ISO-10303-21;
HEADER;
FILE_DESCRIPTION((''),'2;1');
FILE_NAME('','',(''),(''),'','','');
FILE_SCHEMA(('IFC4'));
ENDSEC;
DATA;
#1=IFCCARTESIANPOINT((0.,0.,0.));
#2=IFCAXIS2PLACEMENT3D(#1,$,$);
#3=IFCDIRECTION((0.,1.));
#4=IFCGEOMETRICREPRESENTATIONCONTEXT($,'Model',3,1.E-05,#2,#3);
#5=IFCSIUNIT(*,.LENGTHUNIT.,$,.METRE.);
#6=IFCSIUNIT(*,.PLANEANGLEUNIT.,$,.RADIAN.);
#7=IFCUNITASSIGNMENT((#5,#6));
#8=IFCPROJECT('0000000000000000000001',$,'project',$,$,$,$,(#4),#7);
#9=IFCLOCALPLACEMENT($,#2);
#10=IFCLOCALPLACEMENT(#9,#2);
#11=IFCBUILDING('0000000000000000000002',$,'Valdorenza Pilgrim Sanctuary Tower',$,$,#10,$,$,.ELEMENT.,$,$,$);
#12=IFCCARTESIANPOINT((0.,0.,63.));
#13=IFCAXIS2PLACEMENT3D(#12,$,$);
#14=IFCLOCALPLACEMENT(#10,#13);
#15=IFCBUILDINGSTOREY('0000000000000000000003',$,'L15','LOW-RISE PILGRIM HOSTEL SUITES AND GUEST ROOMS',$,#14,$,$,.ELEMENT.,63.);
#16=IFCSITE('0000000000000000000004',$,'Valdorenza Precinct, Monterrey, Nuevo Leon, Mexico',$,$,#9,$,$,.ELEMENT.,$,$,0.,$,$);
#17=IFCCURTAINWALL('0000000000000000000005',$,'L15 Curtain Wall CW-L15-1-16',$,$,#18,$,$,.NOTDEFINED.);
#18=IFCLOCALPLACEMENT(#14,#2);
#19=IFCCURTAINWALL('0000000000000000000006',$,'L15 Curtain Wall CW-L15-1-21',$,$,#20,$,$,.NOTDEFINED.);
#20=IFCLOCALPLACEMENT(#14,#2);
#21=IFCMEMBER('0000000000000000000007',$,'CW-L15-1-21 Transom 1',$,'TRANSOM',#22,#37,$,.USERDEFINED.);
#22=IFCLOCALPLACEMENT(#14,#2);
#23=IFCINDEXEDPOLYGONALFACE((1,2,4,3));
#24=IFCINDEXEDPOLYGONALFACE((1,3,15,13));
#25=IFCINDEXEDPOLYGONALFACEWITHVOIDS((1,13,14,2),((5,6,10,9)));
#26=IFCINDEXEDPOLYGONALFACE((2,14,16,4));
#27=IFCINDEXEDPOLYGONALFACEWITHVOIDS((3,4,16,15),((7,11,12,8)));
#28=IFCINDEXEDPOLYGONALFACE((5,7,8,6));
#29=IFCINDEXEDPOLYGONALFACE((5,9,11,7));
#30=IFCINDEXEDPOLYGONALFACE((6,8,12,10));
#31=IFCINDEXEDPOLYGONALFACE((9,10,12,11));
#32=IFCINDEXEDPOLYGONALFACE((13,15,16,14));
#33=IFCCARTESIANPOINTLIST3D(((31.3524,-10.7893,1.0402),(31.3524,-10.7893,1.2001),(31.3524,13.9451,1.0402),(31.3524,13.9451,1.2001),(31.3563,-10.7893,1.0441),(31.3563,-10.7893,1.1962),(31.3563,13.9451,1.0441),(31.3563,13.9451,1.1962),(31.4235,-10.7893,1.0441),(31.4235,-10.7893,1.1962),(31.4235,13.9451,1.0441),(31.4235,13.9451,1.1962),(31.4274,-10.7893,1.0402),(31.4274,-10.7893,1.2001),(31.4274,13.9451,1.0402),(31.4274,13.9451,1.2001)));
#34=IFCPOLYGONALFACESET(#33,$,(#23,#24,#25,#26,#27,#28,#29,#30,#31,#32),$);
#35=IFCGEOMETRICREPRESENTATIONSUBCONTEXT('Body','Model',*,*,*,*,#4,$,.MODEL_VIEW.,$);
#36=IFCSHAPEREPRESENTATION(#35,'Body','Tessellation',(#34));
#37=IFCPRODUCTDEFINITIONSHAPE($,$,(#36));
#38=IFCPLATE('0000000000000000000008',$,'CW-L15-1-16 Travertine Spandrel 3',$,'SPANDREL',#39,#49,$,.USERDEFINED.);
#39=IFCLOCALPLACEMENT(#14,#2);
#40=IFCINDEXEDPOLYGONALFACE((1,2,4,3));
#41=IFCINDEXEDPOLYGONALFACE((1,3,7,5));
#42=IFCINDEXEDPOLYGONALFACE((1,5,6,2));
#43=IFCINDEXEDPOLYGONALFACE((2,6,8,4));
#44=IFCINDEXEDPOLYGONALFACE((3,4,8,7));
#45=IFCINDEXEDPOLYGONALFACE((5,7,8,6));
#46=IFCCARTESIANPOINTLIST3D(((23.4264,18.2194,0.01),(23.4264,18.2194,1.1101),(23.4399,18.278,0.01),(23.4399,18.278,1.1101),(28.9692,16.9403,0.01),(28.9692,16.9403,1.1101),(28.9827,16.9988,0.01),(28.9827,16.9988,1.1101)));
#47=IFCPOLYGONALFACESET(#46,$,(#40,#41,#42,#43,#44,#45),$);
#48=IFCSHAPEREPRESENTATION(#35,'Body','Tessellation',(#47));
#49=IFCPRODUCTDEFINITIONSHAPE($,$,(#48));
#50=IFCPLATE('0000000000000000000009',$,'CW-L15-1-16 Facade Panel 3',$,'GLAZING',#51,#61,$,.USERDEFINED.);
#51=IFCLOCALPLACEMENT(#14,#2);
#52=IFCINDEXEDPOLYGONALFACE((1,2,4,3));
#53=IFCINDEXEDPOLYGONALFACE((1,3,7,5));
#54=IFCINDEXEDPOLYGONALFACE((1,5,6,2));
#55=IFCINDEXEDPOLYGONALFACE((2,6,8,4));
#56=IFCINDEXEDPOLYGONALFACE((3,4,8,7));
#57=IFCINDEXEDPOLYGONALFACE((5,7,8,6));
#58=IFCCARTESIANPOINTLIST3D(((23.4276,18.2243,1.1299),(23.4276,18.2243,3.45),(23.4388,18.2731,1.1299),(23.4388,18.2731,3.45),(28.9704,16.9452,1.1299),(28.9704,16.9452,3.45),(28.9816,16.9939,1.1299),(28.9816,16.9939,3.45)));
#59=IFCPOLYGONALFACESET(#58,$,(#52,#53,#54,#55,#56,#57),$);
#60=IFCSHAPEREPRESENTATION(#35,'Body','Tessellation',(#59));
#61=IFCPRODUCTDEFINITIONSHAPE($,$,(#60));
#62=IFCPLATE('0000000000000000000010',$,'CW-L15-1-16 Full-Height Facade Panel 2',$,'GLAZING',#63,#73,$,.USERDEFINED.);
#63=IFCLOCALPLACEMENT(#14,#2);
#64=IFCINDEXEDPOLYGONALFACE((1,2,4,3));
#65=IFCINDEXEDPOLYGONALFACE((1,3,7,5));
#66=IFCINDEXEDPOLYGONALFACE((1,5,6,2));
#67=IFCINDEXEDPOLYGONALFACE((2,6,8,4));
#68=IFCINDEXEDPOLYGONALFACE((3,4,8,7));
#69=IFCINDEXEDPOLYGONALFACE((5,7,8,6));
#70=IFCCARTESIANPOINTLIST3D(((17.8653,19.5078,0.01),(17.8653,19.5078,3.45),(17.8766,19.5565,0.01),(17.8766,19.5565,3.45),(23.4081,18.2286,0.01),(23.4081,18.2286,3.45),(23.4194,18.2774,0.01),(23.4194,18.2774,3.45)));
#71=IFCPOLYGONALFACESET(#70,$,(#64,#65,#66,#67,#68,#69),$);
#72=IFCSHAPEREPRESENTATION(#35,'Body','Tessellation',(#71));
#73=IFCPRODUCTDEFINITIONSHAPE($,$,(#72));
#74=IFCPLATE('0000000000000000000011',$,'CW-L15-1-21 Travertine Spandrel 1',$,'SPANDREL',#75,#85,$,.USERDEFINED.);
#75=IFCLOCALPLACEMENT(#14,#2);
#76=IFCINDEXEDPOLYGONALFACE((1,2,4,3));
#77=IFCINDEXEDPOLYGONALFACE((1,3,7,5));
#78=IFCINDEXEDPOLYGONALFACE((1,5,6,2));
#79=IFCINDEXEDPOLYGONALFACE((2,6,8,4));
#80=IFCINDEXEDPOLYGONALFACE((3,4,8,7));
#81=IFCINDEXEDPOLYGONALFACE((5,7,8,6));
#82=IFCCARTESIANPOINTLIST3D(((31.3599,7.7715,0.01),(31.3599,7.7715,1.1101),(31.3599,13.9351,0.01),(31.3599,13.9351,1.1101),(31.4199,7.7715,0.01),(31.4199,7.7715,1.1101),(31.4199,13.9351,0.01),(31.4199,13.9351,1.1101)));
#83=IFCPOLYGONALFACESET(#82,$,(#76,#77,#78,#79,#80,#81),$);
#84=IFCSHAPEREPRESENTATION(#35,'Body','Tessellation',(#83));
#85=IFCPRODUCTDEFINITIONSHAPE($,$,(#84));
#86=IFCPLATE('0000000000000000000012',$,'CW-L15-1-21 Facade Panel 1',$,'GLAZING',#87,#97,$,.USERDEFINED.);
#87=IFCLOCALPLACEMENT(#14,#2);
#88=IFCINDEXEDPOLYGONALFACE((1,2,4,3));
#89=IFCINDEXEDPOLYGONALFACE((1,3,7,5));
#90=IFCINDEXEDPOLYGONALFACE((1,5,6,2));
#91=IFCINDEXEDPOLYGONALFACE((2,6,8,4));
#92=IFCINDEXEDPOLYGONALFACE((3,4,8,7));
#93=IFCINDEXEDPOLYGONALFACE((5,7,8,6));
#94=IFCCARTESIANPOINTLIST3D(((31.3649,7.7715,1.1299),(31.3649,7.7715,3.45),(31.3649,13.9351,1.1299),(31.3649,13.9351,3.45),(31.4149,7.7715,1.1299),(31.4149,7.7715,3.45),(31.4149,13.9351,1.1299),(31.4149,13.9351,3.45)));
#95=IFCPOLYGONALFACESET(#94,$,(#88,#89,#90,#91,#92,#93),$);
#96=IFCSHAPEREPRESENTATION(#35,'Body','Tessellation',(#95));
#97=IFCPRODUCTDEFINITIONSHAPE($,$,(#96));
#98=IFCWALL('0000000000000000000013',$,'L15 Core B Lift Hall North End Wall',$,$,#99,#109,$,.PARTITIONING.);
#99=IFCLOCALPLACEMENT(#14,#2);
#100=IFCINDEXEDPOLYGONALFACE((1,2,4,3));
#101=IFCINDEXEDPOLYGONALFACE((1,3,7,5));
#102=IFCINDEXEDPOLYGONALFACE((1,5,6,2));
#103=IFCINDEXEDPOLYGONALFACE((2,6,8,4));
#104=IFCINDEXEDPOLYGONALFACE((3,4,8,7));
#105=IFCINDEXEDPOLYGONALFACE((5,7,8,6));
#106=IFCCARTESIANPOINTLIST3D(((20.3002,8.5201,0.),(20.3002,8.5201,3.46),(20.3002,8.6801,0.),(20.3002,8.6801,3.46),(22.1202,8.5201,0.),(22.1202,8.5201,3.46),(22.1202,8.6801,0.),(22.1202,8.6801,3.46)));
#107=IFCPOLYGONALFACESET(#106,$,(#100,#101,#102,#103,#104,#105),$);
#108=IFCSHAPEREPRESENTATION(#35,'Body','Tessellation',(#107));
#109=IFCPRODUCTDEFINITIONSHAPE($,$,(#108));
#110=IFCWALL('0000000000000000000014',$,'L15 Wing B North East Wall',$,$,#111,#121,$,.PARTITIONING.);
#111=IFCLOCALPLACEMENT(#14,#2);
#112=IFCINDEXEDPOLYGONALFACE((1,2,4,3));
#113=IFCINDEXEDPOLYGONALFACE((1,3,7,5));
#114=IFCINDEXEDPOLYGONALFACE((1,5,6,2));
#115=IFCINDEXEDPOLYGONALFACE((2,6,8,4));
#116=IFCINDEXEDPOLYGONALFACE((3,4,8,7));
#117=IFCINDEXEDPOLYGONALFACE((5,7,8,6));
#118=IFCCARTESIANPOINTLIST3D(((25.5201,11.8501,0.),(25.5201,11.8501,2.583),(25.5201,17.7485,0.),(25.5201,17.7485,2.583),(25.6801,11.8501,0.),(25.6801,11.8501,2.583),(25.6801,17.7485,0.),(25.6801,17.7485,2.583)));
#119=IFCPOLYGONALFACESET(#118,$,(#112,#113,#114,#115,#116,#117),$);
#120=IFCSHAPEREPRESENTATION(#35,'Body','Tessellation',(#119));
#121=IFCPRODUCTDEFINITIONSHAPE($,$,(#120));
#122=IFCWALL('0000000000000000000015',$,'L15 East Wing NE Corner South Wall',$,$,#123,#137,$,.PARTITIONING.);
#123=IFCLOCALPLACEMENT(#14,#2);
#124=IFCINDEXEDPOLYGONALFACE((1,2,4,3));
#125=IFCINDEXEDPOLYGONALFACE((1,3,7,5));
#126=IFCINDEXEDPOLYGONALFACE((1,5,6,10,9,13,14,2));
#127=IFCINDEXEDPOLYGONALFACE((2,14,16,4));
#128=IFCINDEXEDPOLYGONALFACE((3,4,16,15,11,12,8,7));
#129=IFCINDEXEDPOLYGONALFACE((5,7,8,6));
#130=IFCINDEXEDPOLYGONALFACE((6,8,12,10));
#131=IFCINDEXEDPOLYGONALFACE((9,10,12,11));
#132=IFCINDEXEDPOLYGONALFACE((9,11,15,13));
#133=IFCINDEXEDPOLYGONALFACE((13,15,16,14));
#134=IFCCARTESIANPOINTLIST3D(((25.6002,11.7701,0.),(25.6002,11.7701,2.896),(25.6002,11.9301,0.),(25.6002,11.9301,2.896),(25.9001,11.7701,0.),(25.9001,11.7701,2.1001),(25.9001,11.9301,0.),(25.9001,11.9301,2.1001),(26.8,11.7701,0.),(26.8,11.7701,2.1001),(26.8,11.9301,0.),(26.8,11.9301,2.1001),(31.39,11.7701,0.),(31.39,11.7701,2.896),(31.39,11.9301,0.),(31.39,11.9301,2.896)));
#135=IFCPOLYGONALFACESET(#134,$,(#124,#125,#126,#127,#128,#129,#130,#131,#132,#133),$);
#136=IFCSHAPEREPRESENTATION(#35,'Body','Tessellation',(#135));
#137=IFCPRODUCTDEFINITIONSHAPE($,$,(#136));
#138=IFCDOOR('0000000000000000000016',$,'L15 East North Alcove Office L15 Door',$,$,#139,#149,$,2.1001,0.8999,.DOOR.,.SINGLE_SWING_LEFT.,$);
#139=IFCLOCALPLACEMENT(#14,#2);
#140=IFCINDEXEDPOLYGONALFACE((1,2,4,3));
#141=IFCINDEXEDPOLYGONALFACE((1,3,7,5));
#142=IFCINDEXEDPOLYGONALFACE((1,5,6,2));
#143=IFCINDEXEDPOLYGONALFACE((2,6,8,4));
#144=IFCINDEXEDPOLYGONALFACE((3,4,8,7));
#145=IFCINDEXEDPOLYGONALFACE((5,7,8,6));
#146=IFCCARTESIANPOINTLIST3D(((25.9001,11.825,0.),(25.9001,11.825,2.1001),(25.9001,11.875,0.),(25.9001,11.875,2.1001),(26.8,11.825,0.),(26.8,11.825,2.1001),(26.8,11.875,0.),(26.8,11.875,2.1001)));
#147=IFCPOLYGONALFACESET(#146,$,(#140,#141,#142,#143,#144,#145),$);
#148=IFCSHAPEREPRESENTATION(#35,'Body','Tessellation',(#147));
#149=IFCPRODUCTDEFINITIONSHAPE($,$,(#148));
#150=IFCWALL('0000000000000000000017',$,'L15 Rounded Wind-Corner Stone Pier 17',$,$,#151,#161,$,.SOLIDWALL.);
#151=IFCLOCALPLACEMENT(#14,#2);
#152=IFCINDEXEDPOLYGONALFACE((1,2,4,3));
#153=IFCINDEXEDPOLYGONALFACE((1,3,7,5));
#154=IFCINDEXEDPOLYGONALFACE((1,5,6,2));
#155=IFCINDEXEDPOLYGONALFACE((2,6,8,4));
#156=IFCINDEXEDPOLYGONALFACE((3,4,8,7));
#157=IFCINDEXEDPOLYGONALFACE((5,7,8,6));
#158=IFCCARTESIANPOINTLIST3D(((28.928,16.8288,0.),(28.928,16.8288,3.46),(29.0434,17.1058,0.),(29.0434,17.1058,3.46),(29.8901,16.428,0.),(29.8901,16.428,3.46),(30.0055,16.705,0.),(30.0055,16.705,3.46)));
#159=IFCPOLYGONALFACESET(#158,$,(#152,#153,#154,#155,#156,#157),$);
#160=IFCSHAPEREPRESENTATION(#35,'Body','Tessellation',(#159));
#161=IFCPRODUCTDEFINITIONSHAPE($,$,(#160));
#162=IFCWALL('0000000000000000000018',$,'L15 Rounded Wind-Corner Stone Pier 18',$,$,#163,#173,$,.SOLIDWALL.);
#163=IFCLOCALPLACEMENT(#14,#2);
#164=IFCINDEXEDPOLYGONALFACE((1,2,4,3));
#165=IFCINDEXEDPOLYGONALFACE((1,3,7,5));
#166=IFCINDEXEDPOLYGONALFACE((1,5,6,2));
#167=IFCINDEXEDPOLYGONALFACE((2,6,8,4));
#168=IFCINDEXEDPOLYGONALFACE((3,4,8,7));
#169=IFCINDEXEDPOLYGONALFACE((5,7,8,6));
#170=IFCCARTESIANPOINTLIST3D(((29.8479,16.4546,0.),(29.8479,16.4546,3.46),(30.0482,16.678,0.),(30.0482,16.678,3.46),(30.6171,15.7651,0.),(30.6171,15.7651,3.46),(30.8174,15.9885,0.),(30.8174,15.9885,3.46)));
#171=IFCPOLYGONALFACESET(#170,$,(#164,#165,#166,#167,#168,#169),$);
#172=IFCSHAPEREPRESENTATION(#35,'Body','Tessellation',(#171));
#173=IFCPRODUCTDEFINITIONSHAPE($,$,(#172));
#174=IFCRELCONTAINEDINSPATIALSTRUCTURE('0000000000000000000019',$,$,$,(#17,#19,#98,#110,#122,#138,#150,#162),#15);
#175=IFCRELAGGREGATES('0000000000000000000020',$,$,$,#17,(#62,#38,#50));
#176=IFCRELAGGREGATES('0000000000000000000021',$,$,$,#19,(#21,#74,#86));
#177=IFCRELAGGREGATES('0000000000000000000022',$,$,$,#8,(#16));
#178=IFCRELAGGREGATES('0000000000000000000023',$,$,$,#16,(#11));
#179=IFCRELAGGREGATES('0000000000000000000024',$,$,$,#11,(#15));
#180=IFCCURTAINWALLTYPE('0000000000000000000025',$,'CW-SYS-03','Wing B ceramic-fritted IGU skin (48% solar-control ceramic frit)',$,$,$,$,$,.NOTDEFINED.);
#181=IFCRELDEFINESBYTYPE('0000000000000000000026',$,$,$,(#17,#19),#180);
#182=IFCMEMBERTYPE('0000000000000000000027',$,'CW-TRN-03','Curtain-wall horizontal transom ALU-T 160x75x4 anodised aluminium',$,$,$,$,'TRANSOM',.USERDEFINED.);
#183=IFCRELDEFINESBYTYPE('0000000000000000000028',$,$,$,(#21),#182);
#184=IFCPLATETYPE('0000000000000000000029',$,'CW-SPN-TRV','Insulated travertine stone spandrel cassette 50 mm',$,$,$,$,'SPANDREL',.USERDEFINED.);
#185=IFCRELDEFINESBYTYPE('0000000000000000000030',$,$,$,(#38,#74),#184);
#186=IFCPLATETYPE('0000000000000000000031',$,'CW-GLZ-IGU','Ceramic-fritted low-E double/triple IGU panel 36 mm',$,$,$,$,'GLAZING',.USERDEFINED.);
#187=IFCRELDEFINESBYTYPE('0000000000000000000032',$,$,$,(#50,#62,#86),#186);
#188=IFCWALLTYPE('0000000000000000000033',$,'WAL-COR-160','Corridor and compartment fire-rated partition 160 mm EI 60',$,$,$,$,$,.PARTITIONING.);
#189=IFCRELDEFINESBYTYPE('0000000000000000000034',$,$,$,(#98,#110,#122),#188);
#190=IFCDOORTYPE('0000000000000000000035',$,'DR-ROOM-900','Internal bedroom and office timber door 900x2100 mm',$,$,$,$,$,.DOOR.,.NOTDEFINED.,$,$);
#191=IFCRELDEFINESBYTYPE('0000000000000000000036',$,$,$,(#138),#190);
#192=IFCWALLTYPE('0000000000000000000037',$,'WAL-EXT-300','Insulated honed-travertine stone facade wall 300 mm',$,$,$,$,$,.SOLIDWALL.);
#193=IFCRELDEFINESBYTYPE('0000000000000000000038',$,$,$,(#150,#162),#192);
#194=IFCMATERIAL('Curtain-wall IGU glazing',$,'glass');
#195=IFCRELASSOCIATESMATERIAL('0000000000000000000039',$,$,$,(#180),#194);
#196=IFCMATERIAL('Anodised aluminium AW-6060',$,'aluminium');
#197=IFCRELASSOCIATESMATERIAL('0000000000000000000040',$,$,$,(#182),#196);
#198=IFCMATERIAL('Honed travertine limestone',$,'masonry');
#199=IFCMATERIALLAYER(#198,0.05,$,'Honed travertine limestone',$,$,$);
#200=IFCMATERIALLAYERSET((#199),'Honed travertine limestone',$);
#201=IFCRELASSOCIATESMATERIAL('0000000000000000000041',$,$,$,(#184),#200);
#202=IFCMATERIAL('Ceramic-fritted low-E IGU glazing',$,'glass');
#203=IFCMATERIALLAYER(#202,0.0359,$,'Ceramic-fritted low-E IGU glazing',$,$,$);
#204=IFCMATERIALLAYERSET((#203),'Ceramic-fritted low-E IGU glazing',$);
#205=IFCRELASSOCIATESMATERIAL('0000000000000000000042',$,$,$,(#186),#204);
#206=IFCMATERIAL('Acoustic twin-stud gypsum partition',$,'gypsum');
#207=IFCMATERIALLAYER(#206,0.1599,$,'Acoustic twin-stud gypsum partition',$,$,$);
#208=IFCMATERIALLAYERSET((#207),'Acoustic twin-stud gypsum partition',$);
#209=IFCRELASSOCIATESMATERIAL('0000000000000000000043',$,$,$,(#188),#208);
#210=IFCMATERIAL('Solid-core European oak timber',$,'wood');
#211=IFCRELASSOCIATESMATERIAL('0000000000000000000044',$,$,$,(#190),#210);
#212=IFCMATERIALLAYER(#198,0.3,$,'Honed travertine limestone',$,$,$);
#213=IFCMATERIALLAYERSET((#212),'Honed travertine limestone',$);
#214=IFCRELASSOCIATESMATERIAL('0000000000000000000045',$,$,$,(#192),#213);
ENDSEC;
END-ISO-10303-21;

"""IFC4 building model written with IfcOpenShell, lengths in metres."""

from ifc_helpers import new_model, si_unit, direction, frame, frame_2d, origin, origin_2d, place, context, subcontext, project, spatial, rectangle, hollow_rectangle, extrude, source, transform, mapped, material, layer, layer_set, material_profile, profile_set, type_object, element, fill, aggregate, save


model = new_model("IFC4")

# Units and contexts
model_context = context("Model", 3, precision=1e-05, world=origin(), true_north=direction((0.0, 1.0)))
body_context = subcontext(model_context, "Body", "Model", "MODEL_VIEW")
ifc_project = project(units=[si_unit("LENGTHUNIT", "METRE"), si_unit("PLANEANGLEUNIT", "RADIAN")], contexts=[model_context])

# Site, building, storey
site_placement = place(None, origin())
site = spatial("IfcSite", under=ifc_project, at=site_placement, Name="Valdorenza Precinct, Monterrey, Nuevo Leon, Mexico", CompositionType="ELEMENT", RefElevation=0.0)
building_placement = place(site_placement, origin())
building = spatial("IfcBuilding", under=site, at=building_placement, Name="Valdorenza Pilgrim Sanctuary Tower", CompositionType="ELEMENT")
storey_placement = place(building_placement, frame((0.0, 0.0, 63.0)))
storey = spatial("IfcBuildingStorey", under=building, at=storey_placement, Name="L15", Description="LOW-RISE PILGRIM HOSTEL SUITES AND GUEST ROOMS", CompositionType="ELEMENT", Elevation=63.0)

# Curtain walls, member
ifc_material_1 = material(Name="Curtain-wall IGU glazing", Category="glass")
curtain_wall_type = type_object("IfcCurtainWallType", Name="CW-SYS-03", Description="Wing B ceramic-fritted IGU skin (48% solar-control ceramic frit)", PredefinedType="NOTDEFINED", material=ifc_material_1)
curtain_wall_1_placement = place(storey_placement, origin())
curtain_wall_1 = element("IfcCurtainWall", 1, at=curtain_wall_1_placement, inside=storey, type_object=curtain_wall_type, Name="L15 Curtain Wall CW-L15-1-16", PredefinedType="NOTDEFINED")
ifc_material_2 = material(Name="Anodised aluminium AW-6060", Category="aluminium")
curtain_wall_2_placement = place(storey_placement, origin())
curtain_wall_2 = element("IfcCurtainWall", 2, at=curtain_wall_2_placement, inside=storey, type_object=curtain_wall_type, Name="L15 Curtain Wall CW-L15-1-21", PredefinedType="NOTDEFINED")
ifc_material_profile_1 = material_profile(ifc_material_2, hollow_rectangle(XDim=0.075, YDim=0.1599, WallThickness=0.0039, at=origin_2d()), Name="ALU-T 160x75x4")
ifc_profile_set_1 = profile_set([ifc_material_profile_1], Name="Anodised aluminium AW-6060")
member_type_1 = type_object("IfcMemberType", Name="CW-TRN-03", Description="Curtain-wall horizontal transom ALU-T 160x75x4 anodised aluminium", ElementType="TRANSOM", PredefinedType="USERDEFINED", material=ifc_profile_set_1)
shared_shape_1 = source(origin(), body_context, "Body", "SweptSolid", [
    extrude(hollow_rectangle(XDim=0.075, YDim=0.1599, WallThickness=0.0039, at=origin_2d()), origin(), (0.0, 0.0, 1.0), 24.7344),
])
member_1_placement = place(storey_placement, frame((31.3899, 13.9451, 1.1201), z_axis=(0.0, -1.0, 0.0), x_axis=(1.0, 0.0, 0.0)))
member_1 = element("IfcMember", 3, at=member_1_placement, type_object=member_type_1, Name="CW-L15-1-21 Transom 1", ObjectType="TRANSOM", PredefinedType="USERDEFINED", context=body_context, shape_type="MappedRepresentation", body=[
    mapped(shared_shape_1, transform((0.0, 0.0, 0.0), x_axis=(1.0, 0.0, 0.0), y_axis=(0.0, 1.0, 0.0), z_axis=(0.0, 0.0, 1.0), scale=1.0)),
])

# Plates
ifc_material_3 = material(Name="Honed travertine limestone", Category="masonry")
ifc_layer_1 = layer(ifc_material_3, 0.05, Name="Honed travertine limestone")
ifc_layer_set_1 = layer_set([ifc_layer_1], Name="Honed travertine limestone")
plate_type_1 = type_object("IfcPlateType", Name="CW-SPN-TRV", Description="Insulated travertine stone spandrel cassette 50 mm", ElementType="SPANDREL", PredefinedType="USERDEFINED", material=ifc_layer_set_1)
shared_shape_2 = source(origin(), body_context, "Body", "SweptSolid", [
    extrude(rectangle(XDim=5.6885, YDim=0.0601, at=origin_2d()), origin(), (0.0, 0.0, 1.0), 1.1001),
])
plate_1_placement = place(storey_placement, frame((26.2046, 17.6091, 0.01), z_axis=(0.0, 0.0, 1.0), x_axis=(0.97439, -0.224866, 0.0)))
plate_1 = element("IfcPlate", 4, at=plate_1_placement, type_object=plate_type_1, Name="CW-L15-1-16 Travertine Spandrel 3", ObjectType="SPANDREL", PredefinedType="USERDEFINED", context=body_context, shape_type="MappedRepresentation", body=[
    mapped(shared_shape_2, transform((0.0, 0.0, 0.0), x_axis=(1.0, 0.0, 0.0), y_axis=(0.0, 1.0, 0.0), z_axis=(0.0, 0.0, 1.0), scale=1.0)),
])
ifc_material_4 = material(Name="Ceramic-fritted low-E IGU glazing", Category="glass")
ifc_layer_2 = layer(ifc_material_4, 0.0359, Name="Ceramic-fritted low-E IGU glazing")
ifc_layer_set_2 = layer_set([ifc_layer_2], Name="Ceramic-fritted low-E IGU glazing")
plate_type_2 = type_object("IfcPlateType", Name="CW-GLZ-IGU", Description="Ceramic-fritted low-E double/triple IGU panel 36 mm", ElementType="GLAZING", PredefinedType="USERDEFINED", material=ifc_layer_set_2)
shared_shape_3 = source(origin(), body_context, "Body", "SweptSolid", [
    extrude(rectangle(XDim=5.6885, YDim=0.05, at=origin_2d()), origin(), (0.0, 0.0, 1.0), 2.3201),
])
plate_2_placement = place(storey_placement, frame((26.2046, 17.6091, 1.1299), z_axis=(0.0, 0.0, 1.0), x_axis=(0.97439, -0.224866, 0.0)))
plate_2 = element("IfcPlate", 5, at=plate_2_placement, type_object=plate_type_2, Name="CW-L15-1-16 Facade Panel 3", ObjectType="GLAZING", PredefinedType="USERDEFINED", context=body_context, shape_type="MappedRepresentation", body=[
    mapped(shared_shape_3, transform((0.0, 0.0, 0.0), x_axis=(1.0, 0.0, 0.0), y_axis=(0.0, 1.0, 0.0), z_axis=(0.0, 0.0, 1.0), scale=1.0)),
])
shared_shape_4 = source(origin(), body_context, "Body", "SweptSolid", [
    extrude(rectangle(XDim=5.6885, YDim=0.05, at=origin_2d()), origin(), (0.0, 0.0, 1.0), 3.4399),
])
plate_3_placement = place(storey_placement, frame((20.6423, 18.8926, 0.01), z_axis=(0.0, 0.0, 1.0), x_axis=(0.97439, -0.224866, 0.0)))
plate_3 = element("IfcPlate", 6, at=plate_3_placement, type_object=plate_type_2, Name="CW-L15-1-16 Full-Height Facade Panel 2", ObjectType="GLAZING", PredefinedType="USERDEFINED", context=body_context, shape_type="MappedRepresentation", body=[
    mapped(shared_shape_4, transform((0.0, 0.0, 0.0), x_axis=(1.0, 0.0, 0.0), y_axis=(0.0, 1.0, 0.0), z_axis=(0.0, 0.0, 1.0), scale=1.0)),
])
aggregate(curtain_wall_1, [plate_3, plate_1, plate_2])
shared_shape_5 = source(origin(), body_context, "Body", "SweptSolid", [
    extrude(rectangle(XDim=6.1636, YDim=0.0601, at=origin_2d()), origin(), (0.0, 0.0, 1.0), 1.1001),
])
plate_4_placement = place(storey_placement, frame((31.3899, 10.8533, 0.01), z_axis=(0.0, 0.0, 1.0), x_axis=(0.0, -1.0, 0.0)))
plate_4 = element("IfcPlate", 7, at=plate_4_placement, type_object=plate_type_1, Name="CW-L15-1-21 Travertine Spandrel 1", ObjectType="SPANDREL", PredefinedType="USERDEFINED", context=body_context, shape_type="MappedRepresentation", body=[
    mapped(shared_shape_5, transform((0.0, 0.0, 0.0), x_axis=(1.0, 0.0, 0.0), y_axis=(0.0, 1.0, 0.0), z_axis=(0.0, 0.0, 1.0), scale=1.0)),
])
shared_shape_6 = source(origin(), body_context, "Body", "SweptSolid", [
    extrude(rectangle(XDim=6.1636, YDim=0.05, at=origin_2d()), origin(), (0.0, 0.0, 1.0), 2.3201),
])
plate_5_placement = place(storey_placement, frame((31.3899, 10.8533, 1.1299), z_axis=(0.0, 0.0, 1.0), x_axis=(0.0, -1.0, 0.0)))
plate_5 = element("IfcPlate", 8, at=plate_5_placement, type_object=plate_type_2, Name="CW-L15-1-21 Facade Panel 1", ObjectType="GLAZING", PredefinedType="USERDEFINED", context=body_context, shape_type="MappedRepresentation", body=[
    mapped(shared_shape_6, transform((0.0, 0.0, 0.0), x_axis=(1.0, 0.0, 0.0), y_axis=(0.0, 1.0, 0.0), z_axis=(0.0, 0.0, 1.0), scale=1.0)),
])
aggregate(curtain_wall_2, [member_1, plate_4, plate_5])

# Walls
ifc_material_5 = material(Name="Acoustic twin-stud gypsum partition", Category="gypsum")
ifc_layer_3 = layer(ifc_material_5, 0.1599, Name="Acoustic twin-stud gypsum partition")
ifc_layer_set_3 = layer_set([ifc_layer_3], Name="Acoustic twin-stud gypsum partition")
wall_type_1 = type_object("IfcWallType", Name="WAL-COR-160", Description="Corridor and compartment fire-rated partition 160 mm EI 60", PredefinedType="PARTITIONING", material=ifc_layer_set_3)
wall_1_placement = place(storey_placement, frame((20.3, 8.6001, 0.0), z_axis=(0.0, 0.0, 1.0), x_axis=(1.0, 0.0, 0.0)))
element("IfcWall", 9, at=wall_1_placement, inside=storey, type_object=wall_type_1, Name="L15 Core B Lift Hall North End Wall", PredefinedType="PARTITIONING", context=body_context, shape_type="SweptSolid", body=[
    extrude(rectangle(XDim=1.8201, YDim=0.1599, at=frame_2d((0.9102, 0.0))), origin(), (0.0, 0.0, 1.0), 3.46),
])
wall_2_placement = place(storey_placement, frame((25.6001, 11.8501, 0.0), z_axis=(0.0, 0.0, 1.0), x_axis=(0.0, 1.0, 0.0)))
element("IfcWall", 10, at=wall_2_placement, inside=storey, type_object=wall_type_1, Name="L15 Wing B North East Wall", PredefinedType="PARTITIONING", context=body_context, shape_type="SweptSolid", body=[
    extrude(rectangle(XDim=5.8984, YDim=0.1599, at=frame_2d((2.9492, 0.0))), origin(), (0.0, 0.0, 1.0), 2.583),
])

# Wall, opening, door
wall_3_placement = place(storey_placement, frame((25.6001, 11.8501, 0.0), z_axis=(0.0, 0.0, 1.0), x_axis=(1.0, 0.0, 0.0)))
wall_3 = element("IfcWall", 11, at=wall_3_placement, inside=storey, type_object=wall_type_1, Name="L15 East Wing NE Corner South Wall", PredefinedType="PARTITIONING", context=body_context, shape_type="SweptSolid", body=[
    extrude(rectangle(XDim=5.7898, YDim=0.1599, at=frame_2d((2.895, 0.0))), origin(), (0.0, 0.0, 1.0), 2.896),
])
opening_1_placement = place(wall_3_placement, frame((0.3, 0.0, 0.0)))
opening_1 = element("IfcOpeningElement", 12, at=opening_1_placement, cuts=wall_3, PredefinedType="OPENING", context=body_context, shape_type="SweptSolid", body=[
    extrude(rectangle(XDim=0.8999, YDim=2.1001, at=frame_2d((0.45, 1.05))), frame((0.0, 0.0947, 0.0), z_axis=(0.0, -1.0, 0.0), x_axis=(1.0, 0.0, 0.0)), (0.0, 0.0, 1.0), 0.1897),
])
ifc_material_6 = material(Name="Solid-core European oak timber", Category="wood")
door_type_1 = type_object("IfcDoorType", Name="DR-ROOM-900", Description="Internal bedroom and office timber door 900x2100 mm", OperationType="NOTDEFINED", PredefinedType="DOOR", material=ifc_material_6)
door_1_placement = place(opening_1_placement, origin())
door_1 = element("IfcDoor", 13, at=door_1_placement, inside=storey, type_object=door_type_1, Name="L15 East North Alcove Office L15 Door", OperationType="SINGLE_SWING_LEFT", OverallHeight=2.1001, OverallWidth=0.8999, PredefinedType="DOOR", context=body_context, shape_type="SweptSolid", body=[
    extrude(rectangle(XDim=0.8999, YDim=2.1001, at=frame_2d((0.45, 1.05))), frame((0.0, 0.0249, 0.0), z_axis=(0.0, -1.0, 0.0), x_axis=(1.0, 0.0, 0.0)), (0.0, 0.0, 1.0), 0.05),
])
fill(opening_1, door_1)

# Walls
ifc_layer_4 = layer(ifc_material_3, 0.3, Name="Honed travertine limestone")
ifc_layer_set_4 = layer_set([ifc_layer_4], Name="Honed travertine limestone")
wall_type_2 = type_object("IfcWallType", Name="WAL-EXT-300", Description="Insulated honed-travertine stone facade wall 300 mm", PredefinedType="SOLIDWALL", material=ifc_layer_set_4)
wall_4_placement = place(storey_placement, frame((28.9858, 16.9673, 0.0), z_axis=(0.0, 0.0, 1.0), x_axis=(0.923084, -0.384599, 0.0)))
element("IfcWall", 14, at=wall_4_placement, inside=storey, type_object=wall_type_2, Name="L15 Rounded Wind-Corner Stone Pier 17", PredefinedType="SOLIDWALL", context=body_context, shape_type="SweptSolid", body=[
    extrude(rectangle(XDim=1.0422, YDim=0.3, at=frame_2d((0.521, 0.0))), origin(), (0.0, 0.0, 1.0), 3.46),
])
wall_5_placement = place(storey_placement, frame((29.948, 16.5664, 0.0), z_axis=(0.0, 0.0, 1.0), x_axis=(0.744586, -0.667527, 0.0)))
element("IfcWall", 15, at=wall_5_placement, inside=storey, type_object=wall_type_2, Name="L15 Rounded Wind-Corner Stone Pier 18", PredefinedType="SOLIDWALL", context=body_context, shape_type="SweptSolid", body=[
    extrude(rectangle(XDim=1.033, YDim=0.3, at=frame_2d((0.5166, 0.0))), origin(), (0.0, 0.0, 1.0), 3.46),
])

save(model, "model.ifc")
